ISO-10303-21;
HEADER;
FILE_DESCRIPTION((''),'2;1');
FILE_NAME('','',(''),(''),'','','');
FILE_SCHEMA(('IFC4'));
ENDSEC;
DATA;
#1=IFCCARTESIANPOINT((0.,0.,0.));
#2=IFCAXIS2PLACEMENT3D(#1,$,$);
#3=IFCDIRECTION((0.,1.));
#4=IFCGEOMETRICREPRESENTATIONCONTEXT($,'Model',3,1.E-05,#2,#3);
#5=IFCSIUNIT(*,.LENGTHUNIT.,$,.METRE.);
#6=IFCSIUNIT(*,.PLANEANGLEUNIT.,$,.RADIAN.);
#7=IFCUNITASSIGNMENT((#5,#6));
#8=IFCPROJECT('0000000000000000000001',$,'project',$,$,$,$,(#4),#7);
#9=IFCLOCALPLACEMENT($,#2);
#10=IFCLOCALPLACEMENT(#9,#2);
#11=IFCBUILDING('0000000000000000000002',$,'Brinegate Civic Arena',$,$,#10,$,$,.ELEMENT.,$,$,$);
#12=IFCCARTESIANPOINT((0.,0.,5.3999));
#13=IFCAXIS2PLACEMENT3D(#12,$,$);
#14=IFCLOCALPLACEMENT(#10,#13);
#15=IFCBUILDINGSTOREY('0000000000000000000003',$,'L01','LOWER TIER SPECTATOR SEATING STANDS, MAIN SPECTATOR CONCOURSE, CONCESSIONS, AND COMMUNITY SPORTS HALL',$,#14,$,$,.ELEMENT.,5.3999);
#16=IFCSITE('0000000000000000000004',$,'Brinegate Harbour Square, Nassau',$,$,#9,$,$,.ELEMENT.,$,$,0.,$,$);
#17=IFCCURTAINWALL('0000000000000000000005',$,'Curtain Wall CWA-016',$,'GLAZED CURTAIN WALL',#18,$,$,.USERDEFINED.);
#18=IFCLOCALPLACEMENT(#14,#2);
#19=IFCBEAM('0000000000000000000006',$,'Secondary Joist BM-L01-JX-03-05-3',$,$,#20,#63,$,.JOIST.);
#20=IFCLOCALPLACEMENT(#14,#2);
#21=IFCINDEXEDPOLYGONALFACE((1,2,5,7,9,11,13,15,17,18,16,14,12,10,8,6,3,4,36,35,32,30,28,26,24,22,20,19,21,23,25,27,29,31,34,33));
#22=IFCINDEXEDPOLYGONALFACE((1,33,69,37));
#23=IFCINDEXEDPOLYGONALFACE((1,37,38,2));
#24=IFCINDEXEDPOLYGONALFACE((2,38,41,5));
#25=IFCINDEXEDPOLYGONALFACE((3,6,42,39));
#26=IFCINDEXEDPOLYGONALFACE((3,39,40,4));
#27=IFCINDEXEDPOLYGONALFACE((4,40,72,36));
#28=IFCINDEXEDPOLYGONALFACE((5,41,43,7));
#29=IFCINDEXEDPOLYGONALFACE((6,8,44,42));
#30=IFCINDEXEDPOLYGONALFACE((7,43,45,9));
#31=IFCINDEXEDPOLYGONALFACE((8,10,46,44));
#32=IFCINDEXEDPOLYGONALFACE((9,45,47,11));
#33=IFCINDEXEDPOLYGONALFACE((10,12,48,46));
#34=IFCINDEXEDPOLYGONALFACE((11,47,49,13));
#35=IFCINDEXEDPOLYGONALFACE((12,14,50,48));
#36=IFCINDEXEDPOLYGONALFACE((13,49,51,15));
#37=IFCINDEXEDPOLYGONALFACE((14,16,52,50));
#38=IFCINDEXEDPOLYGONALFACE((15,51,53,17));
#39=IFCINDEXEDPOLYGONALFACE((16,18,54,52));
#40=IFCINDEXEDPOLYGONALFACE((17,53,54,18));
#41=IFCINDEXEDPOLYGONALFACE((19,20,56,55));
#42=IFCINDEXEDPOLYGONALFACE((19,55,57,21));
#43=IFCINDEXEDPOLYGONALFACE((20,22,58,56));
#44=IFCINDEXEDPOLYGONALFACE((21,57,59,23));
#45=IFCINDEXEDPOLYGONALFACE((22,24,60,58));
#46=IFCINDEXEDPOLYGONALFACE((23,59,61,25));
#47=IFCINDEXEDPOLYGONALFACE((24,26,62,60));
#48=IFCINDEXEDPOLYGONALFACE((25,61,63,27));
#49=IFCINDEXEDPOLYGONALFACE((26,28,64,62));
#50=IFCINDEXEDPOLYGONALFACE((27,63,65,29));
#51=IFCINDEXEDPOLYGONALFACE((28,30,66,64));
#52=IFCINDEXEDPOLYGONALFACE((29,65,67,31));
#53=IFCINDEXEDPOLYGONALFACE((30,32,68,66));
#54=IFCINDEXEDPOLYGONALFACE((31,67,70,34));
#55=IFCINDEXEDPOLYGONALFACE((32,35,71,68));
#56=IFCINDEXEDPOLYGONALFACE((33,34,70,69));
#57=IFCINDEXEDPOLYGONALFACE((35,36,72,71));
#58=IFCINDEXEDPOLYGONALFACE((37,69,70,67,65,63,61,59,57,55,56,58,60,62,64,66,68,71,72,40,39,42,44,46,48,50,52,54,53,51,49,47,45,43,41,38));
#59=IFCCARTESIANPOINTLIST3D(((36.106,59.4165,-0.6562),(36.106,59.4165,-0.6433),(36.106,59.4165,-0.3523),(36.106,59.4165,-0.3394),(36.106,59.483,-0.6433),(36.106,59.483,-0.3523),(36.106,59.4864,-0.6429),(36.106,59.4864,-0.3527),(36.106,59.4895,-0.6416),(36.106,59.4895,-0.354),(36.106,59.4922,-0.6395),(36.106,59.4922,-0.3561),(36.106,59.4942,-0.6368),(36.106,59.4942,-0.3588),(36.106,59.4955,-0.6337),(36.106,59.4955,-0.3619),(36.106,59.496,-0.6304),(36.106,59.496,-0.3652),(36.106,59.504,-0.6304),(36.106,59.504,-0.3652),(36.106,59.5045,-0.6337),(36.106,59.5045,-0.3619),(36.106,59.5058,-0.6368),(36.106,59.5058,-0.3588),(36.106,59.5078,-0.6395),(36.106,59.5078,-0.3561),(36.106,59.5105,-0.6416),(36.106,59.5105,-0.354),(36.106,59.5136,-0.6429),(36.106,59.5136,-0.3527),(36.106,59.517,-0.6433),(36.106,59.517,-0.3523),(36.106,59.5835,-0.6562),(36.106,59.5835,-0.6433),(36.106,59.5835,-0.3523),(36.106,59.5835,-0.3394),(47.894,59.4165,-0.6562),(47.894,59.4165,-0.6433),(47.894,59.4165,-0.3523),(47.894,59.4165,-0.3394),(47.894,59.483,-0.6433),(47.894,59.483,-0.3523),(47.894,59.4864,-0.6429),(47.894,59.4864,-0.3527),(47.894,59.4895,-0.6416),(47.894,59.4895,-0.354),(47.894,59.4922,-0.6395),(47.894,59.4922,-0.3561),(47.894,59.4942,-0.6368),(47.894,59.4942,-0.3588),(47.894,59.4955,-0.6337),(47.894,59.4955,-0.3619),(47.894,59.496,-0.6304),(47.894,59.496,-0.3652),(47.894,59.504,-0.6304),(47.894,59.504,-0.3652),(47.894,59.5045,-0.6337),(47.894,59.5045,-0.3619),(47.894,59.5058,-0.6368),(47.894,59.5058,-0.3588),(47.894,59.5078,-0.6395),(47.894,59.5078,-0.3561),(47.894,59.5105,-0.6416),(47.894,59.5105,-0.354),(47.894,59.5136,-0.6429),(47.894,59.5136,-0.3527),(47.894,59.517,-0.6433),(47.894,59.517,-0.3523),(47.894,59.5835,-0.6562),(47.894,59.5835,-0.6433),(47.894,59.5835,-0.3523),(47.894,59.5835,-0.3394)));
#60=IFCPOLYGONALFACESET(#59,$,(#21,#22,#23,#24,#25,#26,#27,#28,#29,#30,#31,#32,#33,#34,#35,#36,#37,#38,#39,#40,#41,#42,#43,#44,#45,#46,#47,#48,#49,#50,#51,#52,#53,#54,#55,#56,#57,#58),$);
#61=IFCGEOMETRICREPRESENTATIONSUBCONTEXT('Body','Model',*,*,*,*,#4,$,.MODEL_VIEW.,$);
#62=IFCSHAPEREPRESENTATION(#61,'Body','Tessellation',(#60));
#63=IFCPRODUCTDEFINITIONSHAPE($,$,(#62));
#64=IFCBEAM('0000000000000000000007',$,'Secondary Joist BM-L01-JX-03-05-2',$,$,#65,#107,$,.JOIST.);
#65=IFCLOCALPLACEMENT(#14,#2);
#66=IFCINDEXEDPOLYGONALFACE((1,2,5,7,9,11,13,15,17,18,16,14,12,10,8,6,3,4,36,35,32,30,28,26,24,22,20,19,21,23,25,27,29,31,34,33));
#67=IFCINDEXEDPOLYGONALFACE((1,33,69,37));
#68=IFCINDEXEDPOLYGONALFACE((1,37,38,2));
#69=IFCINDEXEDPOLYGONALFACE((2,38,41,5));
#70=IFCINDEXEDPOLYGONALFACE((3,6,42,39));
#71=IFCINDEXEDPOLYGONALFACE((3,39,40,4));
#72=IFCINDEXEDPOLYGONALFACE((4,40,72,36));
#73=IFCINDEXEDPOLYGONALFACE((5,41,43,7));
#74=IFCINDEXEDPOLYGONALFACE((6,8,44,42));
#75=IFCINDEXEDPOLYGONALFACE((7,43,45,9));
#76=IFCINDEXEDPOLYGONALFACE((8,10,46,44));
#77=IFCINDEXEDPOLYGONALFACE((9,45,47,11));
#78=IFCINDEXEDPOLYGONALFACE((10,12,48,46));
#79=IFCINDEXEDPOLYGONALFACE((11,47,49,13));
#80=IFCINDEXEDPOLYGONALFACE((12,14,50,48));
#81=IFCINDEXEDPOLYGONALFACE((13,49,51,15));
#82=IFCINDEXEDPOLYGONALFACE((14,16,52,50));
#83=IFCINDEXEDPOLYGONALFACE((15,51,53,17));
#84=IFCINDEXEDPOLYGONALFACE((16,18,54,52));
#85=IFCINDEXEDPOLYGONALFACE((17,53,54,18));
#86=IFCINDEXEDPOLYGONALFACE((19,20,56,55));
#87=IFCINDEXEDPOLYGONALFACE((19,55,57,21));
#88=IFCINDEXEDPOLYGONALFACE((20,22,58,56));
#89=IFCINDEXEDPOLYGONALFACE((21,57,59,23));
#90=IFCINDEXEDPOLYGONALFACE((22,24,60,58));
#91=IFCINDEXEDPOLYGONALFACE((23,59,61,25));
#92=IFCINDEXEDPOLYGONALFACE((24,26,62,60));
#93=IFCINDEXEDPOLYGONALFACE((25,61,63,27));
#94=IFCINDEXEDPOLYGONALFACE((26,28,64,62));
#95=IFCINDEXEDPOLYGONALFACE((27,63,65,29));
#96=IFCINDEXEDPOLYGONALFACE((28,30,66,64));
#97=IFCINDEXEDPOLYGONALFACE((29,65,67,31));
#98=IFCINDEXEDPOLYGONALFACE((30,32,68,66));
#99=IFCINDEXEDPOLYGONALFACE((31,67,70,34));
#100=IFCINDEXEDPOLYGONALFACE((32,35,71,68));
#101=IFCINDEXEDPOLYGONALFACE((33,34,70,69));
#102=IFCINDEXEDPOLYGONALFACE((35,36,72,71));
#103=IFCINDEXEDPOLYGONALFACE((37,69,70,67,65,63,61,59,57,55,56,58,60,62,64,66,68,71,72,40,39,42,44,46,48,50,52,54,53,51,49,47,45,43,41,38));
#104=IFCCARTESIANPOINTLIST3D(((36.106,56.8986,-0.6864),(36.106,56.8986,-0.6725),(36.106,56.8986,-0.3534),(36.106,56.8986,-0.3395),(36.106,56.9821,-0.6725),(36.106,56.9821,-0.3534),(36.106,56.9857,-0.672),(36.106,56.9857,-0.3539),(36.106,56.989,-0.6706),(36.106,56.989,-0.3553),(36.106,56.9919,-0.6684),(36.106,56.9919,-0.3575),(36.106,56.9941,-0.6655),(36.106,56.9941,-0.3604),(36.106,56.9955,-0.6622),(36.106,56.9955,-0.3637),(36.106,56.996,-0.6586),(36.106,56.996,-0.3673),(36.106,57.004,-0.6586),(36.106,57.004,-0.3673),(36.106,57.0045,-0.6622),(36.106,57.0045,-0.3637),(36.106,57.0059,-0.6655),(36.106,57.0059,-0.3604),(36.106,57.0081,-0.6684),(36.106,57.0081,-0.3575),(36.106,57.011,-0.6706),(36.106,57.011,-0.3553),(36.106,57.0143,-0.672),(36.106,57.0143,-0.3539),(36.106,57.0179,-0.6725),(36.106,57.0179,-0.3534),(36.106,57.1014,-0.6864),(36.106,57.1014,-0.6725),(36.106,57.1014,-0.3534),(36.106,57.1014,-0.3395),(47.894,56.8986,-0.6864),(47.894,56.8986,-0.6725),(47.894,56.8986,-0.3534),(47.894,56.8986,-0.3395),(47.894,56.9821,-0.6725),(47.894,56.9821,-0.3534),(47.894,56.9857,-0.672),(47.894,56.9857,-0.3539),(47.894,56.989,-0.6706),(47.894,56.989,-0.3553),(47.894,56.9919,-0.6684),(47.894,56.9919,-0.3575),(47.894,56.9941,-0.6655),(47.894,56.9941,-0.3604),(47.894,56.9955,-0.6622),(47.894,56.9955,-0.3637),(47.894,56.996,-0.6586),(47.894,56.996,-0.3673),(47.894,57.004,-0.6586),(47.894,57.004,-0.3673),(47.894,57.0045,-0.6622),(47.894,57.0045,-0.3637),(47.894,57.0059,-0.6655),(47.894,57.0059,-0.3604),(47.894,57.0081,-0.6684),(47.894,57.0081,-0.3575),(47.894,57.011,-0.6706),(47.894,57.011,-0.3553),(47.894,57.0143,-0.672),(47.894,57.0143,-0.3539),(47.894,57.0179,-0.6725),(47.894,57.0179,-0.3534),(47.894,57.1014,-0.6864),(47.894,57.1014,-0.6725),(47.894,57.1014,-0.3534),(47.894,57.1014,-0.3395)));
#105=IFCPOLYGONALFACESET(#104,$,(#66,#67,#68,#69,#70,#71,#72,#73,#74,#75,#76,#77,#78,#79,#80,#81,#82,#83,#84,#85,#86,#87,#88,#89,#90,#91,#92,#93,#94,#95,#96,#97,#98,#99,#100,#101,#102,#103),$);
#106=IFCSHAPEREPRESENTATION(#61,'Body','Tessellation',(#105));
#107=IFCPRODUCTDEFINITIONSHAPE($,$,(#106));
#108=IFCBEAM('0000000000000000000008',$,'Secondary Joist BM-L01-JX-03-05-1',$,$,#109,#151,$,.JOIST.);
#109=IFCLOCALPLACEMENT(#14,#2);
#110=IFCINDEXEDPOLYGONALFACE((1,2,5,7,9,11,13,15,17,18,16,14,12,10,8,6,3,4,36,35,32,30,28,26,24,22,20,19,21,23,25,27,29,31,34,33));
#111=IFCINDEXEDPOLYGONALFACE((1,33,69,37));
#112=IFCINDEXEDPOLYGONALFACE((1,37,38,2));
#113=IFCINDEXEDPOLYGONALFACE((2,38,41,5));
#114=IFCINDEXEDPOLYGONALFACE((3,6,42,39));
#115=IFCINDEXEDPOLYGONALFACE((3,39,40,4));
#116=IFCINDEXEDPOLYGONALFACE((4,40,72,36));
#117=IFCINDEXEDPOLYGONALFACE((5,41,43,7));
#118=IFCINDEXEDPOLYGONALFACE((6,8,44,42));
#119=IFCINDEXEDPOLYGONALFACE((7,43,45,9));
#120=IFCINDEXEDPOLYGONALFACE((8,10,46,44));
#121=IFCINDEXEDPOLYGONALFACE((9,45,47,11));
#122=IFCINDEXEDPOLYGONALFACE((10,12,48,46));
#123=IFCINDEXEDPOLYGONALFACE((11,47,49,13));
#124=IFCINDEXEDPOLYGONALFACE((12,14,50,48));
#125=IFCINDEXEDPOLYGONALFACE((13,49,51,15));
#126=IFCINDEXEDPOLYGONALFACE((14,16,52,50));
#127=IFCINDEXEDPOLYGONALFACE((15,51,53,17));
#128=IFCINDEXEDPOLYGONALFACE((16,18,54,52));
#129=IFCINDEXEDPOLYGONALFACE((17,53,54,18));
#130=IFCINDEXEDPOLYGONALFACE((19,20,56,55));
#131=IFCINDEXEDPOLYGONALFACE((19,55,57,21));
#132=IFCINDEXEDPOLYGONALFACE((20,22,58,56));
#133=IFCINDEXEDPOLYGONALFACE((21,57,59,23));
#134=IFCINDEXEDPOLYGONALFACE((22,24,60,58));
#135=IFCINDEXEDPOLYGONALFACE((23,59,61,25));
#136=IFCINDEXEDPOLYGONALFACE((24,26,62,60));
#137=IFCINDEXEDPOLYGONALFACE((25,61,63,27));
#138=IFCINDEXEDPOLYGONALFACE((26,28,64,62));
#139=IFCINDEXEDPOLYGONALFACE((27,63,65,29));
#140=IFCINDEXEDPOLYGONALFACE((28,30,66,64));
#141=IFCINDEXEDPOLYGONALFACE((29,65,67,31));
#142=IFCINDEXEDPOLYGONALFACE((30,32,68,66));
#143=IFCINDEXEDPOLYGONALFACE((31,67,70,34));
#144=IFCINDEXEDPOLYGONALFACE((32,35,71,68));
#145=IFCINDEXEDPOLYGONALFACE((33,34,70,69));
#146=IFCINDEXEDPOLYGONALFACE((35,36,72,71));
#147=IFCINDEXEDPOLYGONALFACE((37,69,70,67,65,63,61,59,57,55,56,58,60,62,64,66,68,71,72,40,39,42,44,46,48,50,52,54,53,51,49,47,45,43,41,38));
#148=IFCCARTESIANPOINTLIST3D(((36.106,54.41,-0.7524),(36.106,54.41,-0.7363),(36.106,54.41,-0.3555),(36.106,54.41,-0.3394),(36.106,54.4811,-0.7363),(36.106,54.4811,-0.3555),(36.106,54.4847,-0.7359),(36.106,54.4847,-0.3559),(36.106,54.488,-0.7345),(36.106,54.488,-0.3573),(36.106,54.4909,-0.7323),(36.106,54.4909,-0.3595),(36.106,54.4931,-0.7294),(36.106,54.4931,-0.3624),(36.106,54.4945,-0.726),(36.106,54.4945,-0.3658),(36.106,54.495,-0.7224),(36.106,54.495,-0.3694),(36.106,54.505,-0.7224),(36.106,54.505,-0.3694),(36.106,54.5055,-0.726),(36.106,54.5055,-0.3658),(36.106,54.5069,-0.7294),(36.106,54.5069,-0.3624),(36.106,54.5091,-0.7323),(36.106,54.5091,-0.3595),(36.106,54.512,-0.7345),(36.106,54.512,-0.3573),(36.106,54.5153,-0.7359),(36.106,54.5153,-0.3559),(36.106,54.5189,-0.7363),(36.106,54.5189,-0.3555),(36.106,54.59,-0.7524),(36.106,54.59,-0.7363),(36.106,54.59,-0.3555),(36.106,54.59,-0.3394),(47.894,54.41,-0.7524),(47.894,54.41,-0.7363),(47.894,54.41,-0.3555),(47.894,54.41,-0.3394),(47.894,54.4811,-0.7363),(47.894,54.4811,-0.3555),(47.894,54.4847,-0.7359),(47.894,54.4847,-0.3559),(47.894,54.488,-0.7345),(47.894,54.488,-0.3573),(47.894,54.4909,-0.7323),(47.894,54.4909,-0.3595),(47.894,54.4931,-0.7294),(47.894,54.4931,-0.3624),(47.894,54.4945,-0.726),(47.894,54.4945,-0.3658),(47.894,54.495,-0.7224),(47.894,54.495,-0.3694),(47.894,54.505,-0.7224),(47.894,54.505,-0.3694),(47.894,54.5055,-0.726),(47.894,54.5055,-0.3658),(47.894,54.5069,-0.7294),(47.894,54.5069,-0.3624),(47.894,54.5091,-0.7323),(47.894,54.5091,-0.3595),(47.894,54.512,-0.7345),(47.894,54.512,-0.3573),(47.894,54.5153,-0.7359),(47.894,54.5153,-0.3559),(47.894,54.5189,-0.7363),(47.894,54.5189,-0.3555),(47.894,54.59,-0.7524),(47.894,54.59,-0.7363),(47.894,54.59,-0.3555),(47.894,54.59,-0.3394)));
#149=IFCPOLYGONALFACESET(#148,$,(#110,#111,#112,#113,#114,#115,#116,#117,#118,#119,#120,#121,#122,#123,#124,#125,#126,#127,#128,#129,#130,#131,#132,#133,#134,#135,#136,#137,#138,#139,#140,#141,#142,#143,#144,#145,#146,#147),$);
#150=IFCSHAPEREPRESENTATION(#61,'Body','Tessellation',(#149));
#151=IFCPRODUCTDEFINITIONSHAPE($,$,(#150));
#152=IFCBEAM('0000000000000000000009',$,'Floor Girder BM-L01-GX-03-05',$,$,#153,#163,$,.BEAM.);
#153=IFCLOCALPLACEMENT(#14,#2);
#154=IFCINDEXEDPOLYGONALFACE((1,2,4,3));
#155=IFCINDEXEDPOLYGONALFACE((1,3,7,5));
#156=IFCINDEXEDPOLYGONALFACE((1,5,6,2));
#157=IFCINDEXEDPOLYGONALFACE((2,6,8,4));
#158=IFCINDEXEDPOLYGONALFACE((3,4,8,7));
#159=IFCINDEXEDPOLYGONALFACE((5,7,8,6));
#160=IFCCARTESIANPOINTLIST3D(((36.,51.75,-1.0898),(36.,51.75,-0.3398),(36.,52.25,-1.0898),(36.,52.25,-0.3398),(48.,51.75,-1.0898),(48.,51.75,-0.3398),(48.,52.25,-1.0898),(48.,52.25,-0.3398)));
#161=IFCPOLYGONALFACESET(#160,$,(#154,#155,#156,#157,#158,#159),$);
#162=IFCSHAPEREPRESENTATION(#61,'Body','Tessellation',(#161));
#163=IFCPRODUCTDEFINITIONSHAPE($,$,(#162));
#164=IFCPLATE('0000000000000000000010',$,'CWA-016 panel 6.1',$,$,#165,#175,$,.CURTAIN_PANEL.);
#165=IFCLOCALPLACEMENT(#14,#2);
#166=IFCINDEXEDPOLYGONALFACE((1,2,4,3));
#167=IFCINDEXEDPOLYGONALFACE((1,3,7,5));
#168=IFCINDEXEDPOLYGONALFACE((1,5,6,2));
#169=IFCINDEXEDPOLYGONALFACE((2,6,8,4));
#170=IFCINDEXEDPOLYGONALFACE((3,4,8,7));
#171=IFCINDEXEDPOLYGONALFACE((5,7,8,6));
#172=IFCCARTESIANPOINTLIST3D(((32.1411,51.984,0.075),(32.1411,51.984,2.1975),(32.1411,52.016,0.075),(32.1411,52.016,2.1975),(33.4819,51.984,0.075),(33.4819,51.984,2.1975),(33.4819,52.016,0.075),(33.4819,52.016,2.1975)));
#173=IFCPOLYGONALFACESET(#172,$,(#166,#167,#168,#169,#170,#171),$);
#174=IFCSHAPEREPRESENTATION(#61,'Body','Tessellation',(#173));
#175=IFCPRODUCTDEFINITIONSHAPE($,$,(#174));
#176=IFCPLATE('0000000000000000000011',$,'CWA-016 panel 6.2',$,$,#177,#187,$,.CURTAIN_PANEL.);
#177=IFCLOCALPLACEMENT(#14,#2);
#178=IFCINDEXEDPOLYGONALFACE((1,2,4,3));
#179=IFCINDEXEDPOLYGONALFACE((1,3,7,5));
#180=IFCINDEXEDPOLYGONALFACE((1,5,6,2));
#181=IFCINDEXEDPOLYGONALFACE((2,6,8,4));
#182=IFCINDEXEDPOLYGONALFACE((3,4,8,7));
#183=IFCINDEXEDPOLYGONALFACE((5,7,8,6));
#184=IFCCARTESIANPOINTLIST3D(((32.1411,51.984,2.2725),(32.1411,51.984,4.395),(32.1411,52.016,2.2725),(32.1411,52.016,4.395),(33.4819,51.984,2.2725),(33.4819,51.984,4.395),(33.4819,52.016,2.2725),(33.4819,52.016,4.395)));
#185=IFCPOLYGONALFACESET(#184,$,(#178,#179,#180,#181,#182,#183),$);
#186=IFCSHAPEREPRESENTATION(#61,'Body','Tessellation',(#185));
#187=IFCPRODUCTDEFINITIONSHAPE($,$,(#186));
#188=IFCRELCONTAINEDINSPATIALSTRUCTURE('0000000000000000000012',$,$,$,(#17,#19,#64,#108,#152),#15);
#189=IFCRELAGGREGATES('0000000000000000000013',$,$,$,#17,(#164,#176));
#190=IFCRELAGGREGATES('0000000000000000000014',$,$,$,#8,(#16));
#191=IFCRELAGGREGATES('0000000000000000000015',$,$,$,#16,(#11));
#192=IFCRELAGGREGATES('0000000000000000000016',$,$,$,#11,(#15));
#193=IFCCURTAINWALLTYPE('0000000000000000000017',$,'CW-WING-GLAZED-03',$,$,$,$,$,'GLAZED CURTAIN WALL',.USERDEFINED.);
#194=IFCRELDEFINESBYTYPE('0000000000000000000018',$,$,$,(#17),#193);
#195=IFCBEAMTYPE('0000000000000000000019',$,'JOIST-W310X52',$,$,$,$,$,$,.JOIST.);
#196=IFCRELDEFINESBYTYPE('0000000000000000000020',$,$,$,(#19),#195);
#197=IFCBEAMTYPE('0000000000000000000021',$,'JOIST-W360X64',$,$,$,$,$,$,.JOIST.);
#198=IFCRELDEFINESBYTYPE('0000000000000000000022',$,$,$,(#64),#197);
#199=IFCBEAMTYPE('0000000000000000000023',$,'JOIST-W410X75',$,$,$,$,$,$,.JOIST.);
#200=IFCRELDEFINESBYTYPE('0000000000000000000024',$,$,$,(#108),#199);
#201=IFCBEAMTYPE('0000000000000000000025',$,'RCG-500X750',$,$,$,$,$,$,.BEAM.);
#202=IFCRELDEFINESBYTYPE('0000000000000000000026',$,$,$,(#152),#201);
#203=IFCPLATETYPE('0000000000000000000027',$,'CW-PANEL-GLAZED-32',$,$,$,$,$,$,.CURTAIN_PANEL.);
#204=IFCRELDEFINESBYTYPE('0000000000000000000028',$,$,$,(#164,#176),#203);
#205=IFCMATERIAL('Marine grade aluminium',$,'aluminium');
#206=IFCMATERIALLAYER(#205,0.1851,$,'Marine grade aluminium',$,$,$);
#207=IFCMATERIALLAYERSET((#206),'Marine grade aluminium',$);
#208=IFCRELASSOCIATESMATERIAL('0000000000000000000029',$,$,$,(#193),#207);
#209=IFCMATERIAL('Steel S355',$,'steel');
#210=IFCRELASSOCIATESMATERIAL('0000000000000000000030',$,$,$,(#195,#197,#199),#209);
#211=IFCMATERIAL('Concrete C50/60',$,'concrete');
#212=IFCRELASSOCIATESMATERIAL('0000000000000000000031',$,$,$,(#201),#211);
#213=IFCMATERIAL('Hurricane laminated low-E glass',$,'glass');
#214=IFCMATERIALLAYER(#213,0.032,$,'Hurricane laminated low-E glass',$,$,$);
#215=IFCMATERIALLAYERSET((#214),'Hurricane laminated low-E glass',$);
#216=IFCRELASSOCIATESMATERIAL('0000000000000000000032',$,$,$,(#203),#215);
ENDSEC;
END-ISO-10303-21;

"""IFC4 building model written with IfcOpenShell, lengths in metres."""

from ifc_helpers import new_model, si_unit, direction, frame, origin, origin_2d, place, context, subcontext, project, spatial, rectangle, i_section, extrude, material, layer, layer_set, material_profile, profile_set, type_object, element, aggregate, save


model = new_model("IFC4")

# Units and contexts
model_context = context("Model", 3, precision=1e-05, world=origin(), true_north=direction((0.0, 1.0)))
body_context = subcontext(model_context, "Body", "Model", "MODEL_VIEW")
ifc_project = project(units=[si_unit("LENGTHUNIT", "METRE"), si_unit("PLANEANGLEUNIT", "RADIAN")], contexts=[model_context])

# Site, building, storey
site_placement = place(None, origin())
site = spatial("IfcSite", under=ifc_project, at=site_placement, Name="Brinegate Harbour Square, Nassau", CompositionType="ELEMENT", RefElevation=0.0)
building_placement = place(site_placement, origin())
building = spatial("IfcBuilding", under=site, at=building_placement, Name="Brinegate Civic Arena", CompositionType="ELEMENT")
storey_placement = place(building_placement, frame((0.0, 0.0, 5.3999)))
storey = spatial("IfcBuildingStorey", under=building, at=storey_placement, Name="L01", Description="LOWER TIER SPECTATOR SEATING STANDS, MAIN SPECTATOR CONCOURSE, CONCESSIONS, AND COMMUNITY SPORTS HALL", CompositionType="ELEMENT", Elevation=5.3999)

# Shared definitions
ifc_material_1 = material(Name="Concrete C50/60", Category="concrete")

# Curtain wall
ifc_material_2 = material(Name="Marine grade aluminium", Category="aluminium")
ifc_layer_1 = layer(ifc_material_2, 0.1851, Name="Marine grade aluminium")
ifc_layer_set_1 = layer_set([ifc_layer_1], Name="Marine grade aluminium")
curtain_wall_type = type_object("IfcCurtainWallType", Name="CW-WING-GLAZED-03", ElementType="GLAZED CURTAIN WALL", PredefinedType="USERDEFINED", material=ifc_layer_set_1)
curtain_wall_1_placement = place(storey_placement, origin())
curtain_wall_1 = element("IfcCurtainWall", 1, at=curtain_wall_1_placement, inside=storey, type_object=curtain_wall_type, Name="Curtain Wall CWA-016", ObjectType="GLAZED CURTAIN WALL", PredefinedType="USERDEFINED")

# Beams
ifc_material_3 = material(Name="Steel S355", Category="steel")
ifc_material_profile_1 = material_profile(ifc_material_3, i_section(OverallWidth=0.167, OverallDepth=0.3169, WebThickness=0.0081, FlangeThickness=0.0129, FilletRadius=0.0129, at=origin_2d()), Name="W310X52")
ifc_profile_set_1 = profile_set([ifc_material_profile_1], Name="Steel S355")
beam_type_1 = type_object("IfcBeamType", Name="JOIST-W310X52", PredefinedType="JOIST", material=ifc_profile_set_1)
beam_1_placement = place(storey_placement, frame((36.106, 59.5, -0.4978), z_axis=(1.0, 0.0, 0.0), x_axis=(0.0, 1.0, 0.0)))
element("IfcBeam", 2, at=beam_1_placement, inside=storey, type_object=beam_type_1, Name="Secondary Joist BM-L01-JX-03-05-3", PredefinedType="JOIST", context=body_context, shape_type="SweptSolid", body=[
    extrude(i_section(OverallWidth=0.167, OverallDepth=0.3169, WebThickness=0.0081, FlangeThickness=0.0129, FilletRadius=0.0129, at=origin_2d()), origin(), (0.0, 0.0, 1.0), 11.7881),
])
ifc_material_profile_2 = material_profile(ifc_material_3, i_section(OverallWidth=0.2029, OverallDepth=0.3469, WebThickness=0.0081, FlangeThickness=0.0139, FilletRadius=0.0139, at=origin_2d()), Name="W360X64")
ifc_profile_set_2 = profile_set([ifc_material_profile_2], Name="Steel S355")
beam_type_2 = type_object("IfcBeamType", Name="JOIST-W360X64", PredefinedType="JOIST", material=ifc_profile_set_2)
beam_2_placement = place(storey_placement, frame((36.106, 57.0, -0.5129), z_axis=(1.0, 0.0, 0.0), x_axis=(0.0, 1.0, 0.0)))
element("IfcBeam", 3, at=beam_2_placement, inside=storey, type_object=beam_type_2, Name="Secondary Joist BM-L01-JX-03-05-2", PredefinedType="JOIST", context=body_context, shape_type="SweptSolid", body=[
    extrude(i_section(OverallWidth=0.2029, OverallDepth=0.3469, WebThickness=0.0081, FlangeThickness=0.0139, FilletRadius=0.0139, at=origin_2d()), origin(), (0.0, 0.0, 1.0), 11.7881),
])
ifc_material_profile_3 = material_profile(ifc_material_3, i_section(OverallWidth=0.1799, OverallDepth=0.4131, WebThickness=0.01, FlangeThickness=0.0161, FilletRadius=0.0139, at=origin_2d()), Name="W410X75")
ifc_profile_set_3 = profile_set([ifc_material_profile_3], Name="Steel S355")
beam_type_3 = type_object("IfcBeamType", Name="JOIST-W410X75", PredefinedType="JOIST", material=ifc_profile_set_3)
beam_3_placement = place(storey_placement, frame((36.106, 54.5, -0.5459), z_axis=(1.0, 0.0, 0.0), x_axis=(0.0, 1.0, 0.0)))
element("IfcBeam", 4, at=beam_3_placement, inside=storey, type_object=beam_type_3, Name="Secondary Joist BM-L01-JX-03-05-1", PredefinedType="JOIST", context=body_context, shape_type="SweptSolid", body=[
    extrude(i_section(OverallWidth=0.1799, OverallDepth=0.4131, WebThickness=0.01, FlangeThickness=0.0161, FilletRadius=0.0139, at=origin_2d()), origin(), (0.0, 0.0, 1.0), 11.7881),
])
ifc_material_profile_4 = material_profile(ifc_material_1, rectangle(XDim=0.5, YDim=0.75, at=origin_2d()), Name="RCB500X750")
ifc_profile_set_4 = profile_set([ifc_material_profile_4], Name="Concrete C50/60")
beam_type_4 = type_object("IfcBeamType", Name="RCG-500X750", PredefinedType="BEAM", material=ifc_profile_set_4)
beam_4_placement = place(storey_placement, frame((36.0, 52.0, -0.7148), z_axis=(1.0, 0.0, 0.0), x_axis=(0.0, 1.0, 0.0)))
element("IfcBeam", 5, at=beam_4_placement, inside=storey, type_object=beam_type_4, Name="Floor Girder BM-L01-GX-03-05", PredefinedType="BEAM", context=body_context, shape_type="SweptSolid", body=[
    extrude(rectangle(XDim=0.5, YDim=0.75, at=origin_2d()), origin(), (0.0, 0.0, 1.0), 12.0),
])

# Plates
ifc_material_4 = material(Name="Hurricane laminated low-E glass", Category="glass")
ifc_layer_2 = layer(ifc_material_4, 0.032, Name="Hurricane laminated low-E glass")
ifc_layer_set_2 = layer_set([ifc_layer_2], Name="Hurricane laminated low-E glass")
plate_type = type_object("IfcPlateType", Name="CW-PANEL-GLAZED-32", PredefinedType="CURTAIN_PANEL", material=ifc_layer_set_2)
plate_1_placement = place(storey_placement, frame((32.8115, 52.0, 0.075), z_axis=(0.0, 0.0, 1.0), x_axis=(1.0, 0.0, 0.0)))
plate_1 = element("IfcPlate", 6, at=plate_1_placement, type_object=plate_type, Name="CWA-016 panel 6.1", PredefinedType="CURTAIN_PANEL", context=body_context, shape_type="SweptSolid", body=[
    extrude(rectangle(XDim=1.3408, YDim=0.032, at=origin_2d()), origin(), (0.0, 0.0, 1.0), 2.1226),
])
plate_2_placement = place(storey_placement, frame((32.8115, 52.0, 2.2725), z_axis=(0.0, 0.0, 1.0), x_axis=(1.0, 0.0, 0.0)))
plate_2 = element("IfcPlate", 7, at=plate_2_placement, type_object=plate_type, Name="CWA-016 panel 6.2", PredefinedType="CURTAIN_PANEL", context=body_context, shape_type="SweptSolid", body=[
    extrude(rectangle(XDim=1.3408, YDim=0.032, at=origin_2d()), origin(), (0.0, 0.0, 1.0), 2.1226),
])
aggregate(curtain_wall_1, [plate_1, plate_2])

save(model, "model.ifc")
